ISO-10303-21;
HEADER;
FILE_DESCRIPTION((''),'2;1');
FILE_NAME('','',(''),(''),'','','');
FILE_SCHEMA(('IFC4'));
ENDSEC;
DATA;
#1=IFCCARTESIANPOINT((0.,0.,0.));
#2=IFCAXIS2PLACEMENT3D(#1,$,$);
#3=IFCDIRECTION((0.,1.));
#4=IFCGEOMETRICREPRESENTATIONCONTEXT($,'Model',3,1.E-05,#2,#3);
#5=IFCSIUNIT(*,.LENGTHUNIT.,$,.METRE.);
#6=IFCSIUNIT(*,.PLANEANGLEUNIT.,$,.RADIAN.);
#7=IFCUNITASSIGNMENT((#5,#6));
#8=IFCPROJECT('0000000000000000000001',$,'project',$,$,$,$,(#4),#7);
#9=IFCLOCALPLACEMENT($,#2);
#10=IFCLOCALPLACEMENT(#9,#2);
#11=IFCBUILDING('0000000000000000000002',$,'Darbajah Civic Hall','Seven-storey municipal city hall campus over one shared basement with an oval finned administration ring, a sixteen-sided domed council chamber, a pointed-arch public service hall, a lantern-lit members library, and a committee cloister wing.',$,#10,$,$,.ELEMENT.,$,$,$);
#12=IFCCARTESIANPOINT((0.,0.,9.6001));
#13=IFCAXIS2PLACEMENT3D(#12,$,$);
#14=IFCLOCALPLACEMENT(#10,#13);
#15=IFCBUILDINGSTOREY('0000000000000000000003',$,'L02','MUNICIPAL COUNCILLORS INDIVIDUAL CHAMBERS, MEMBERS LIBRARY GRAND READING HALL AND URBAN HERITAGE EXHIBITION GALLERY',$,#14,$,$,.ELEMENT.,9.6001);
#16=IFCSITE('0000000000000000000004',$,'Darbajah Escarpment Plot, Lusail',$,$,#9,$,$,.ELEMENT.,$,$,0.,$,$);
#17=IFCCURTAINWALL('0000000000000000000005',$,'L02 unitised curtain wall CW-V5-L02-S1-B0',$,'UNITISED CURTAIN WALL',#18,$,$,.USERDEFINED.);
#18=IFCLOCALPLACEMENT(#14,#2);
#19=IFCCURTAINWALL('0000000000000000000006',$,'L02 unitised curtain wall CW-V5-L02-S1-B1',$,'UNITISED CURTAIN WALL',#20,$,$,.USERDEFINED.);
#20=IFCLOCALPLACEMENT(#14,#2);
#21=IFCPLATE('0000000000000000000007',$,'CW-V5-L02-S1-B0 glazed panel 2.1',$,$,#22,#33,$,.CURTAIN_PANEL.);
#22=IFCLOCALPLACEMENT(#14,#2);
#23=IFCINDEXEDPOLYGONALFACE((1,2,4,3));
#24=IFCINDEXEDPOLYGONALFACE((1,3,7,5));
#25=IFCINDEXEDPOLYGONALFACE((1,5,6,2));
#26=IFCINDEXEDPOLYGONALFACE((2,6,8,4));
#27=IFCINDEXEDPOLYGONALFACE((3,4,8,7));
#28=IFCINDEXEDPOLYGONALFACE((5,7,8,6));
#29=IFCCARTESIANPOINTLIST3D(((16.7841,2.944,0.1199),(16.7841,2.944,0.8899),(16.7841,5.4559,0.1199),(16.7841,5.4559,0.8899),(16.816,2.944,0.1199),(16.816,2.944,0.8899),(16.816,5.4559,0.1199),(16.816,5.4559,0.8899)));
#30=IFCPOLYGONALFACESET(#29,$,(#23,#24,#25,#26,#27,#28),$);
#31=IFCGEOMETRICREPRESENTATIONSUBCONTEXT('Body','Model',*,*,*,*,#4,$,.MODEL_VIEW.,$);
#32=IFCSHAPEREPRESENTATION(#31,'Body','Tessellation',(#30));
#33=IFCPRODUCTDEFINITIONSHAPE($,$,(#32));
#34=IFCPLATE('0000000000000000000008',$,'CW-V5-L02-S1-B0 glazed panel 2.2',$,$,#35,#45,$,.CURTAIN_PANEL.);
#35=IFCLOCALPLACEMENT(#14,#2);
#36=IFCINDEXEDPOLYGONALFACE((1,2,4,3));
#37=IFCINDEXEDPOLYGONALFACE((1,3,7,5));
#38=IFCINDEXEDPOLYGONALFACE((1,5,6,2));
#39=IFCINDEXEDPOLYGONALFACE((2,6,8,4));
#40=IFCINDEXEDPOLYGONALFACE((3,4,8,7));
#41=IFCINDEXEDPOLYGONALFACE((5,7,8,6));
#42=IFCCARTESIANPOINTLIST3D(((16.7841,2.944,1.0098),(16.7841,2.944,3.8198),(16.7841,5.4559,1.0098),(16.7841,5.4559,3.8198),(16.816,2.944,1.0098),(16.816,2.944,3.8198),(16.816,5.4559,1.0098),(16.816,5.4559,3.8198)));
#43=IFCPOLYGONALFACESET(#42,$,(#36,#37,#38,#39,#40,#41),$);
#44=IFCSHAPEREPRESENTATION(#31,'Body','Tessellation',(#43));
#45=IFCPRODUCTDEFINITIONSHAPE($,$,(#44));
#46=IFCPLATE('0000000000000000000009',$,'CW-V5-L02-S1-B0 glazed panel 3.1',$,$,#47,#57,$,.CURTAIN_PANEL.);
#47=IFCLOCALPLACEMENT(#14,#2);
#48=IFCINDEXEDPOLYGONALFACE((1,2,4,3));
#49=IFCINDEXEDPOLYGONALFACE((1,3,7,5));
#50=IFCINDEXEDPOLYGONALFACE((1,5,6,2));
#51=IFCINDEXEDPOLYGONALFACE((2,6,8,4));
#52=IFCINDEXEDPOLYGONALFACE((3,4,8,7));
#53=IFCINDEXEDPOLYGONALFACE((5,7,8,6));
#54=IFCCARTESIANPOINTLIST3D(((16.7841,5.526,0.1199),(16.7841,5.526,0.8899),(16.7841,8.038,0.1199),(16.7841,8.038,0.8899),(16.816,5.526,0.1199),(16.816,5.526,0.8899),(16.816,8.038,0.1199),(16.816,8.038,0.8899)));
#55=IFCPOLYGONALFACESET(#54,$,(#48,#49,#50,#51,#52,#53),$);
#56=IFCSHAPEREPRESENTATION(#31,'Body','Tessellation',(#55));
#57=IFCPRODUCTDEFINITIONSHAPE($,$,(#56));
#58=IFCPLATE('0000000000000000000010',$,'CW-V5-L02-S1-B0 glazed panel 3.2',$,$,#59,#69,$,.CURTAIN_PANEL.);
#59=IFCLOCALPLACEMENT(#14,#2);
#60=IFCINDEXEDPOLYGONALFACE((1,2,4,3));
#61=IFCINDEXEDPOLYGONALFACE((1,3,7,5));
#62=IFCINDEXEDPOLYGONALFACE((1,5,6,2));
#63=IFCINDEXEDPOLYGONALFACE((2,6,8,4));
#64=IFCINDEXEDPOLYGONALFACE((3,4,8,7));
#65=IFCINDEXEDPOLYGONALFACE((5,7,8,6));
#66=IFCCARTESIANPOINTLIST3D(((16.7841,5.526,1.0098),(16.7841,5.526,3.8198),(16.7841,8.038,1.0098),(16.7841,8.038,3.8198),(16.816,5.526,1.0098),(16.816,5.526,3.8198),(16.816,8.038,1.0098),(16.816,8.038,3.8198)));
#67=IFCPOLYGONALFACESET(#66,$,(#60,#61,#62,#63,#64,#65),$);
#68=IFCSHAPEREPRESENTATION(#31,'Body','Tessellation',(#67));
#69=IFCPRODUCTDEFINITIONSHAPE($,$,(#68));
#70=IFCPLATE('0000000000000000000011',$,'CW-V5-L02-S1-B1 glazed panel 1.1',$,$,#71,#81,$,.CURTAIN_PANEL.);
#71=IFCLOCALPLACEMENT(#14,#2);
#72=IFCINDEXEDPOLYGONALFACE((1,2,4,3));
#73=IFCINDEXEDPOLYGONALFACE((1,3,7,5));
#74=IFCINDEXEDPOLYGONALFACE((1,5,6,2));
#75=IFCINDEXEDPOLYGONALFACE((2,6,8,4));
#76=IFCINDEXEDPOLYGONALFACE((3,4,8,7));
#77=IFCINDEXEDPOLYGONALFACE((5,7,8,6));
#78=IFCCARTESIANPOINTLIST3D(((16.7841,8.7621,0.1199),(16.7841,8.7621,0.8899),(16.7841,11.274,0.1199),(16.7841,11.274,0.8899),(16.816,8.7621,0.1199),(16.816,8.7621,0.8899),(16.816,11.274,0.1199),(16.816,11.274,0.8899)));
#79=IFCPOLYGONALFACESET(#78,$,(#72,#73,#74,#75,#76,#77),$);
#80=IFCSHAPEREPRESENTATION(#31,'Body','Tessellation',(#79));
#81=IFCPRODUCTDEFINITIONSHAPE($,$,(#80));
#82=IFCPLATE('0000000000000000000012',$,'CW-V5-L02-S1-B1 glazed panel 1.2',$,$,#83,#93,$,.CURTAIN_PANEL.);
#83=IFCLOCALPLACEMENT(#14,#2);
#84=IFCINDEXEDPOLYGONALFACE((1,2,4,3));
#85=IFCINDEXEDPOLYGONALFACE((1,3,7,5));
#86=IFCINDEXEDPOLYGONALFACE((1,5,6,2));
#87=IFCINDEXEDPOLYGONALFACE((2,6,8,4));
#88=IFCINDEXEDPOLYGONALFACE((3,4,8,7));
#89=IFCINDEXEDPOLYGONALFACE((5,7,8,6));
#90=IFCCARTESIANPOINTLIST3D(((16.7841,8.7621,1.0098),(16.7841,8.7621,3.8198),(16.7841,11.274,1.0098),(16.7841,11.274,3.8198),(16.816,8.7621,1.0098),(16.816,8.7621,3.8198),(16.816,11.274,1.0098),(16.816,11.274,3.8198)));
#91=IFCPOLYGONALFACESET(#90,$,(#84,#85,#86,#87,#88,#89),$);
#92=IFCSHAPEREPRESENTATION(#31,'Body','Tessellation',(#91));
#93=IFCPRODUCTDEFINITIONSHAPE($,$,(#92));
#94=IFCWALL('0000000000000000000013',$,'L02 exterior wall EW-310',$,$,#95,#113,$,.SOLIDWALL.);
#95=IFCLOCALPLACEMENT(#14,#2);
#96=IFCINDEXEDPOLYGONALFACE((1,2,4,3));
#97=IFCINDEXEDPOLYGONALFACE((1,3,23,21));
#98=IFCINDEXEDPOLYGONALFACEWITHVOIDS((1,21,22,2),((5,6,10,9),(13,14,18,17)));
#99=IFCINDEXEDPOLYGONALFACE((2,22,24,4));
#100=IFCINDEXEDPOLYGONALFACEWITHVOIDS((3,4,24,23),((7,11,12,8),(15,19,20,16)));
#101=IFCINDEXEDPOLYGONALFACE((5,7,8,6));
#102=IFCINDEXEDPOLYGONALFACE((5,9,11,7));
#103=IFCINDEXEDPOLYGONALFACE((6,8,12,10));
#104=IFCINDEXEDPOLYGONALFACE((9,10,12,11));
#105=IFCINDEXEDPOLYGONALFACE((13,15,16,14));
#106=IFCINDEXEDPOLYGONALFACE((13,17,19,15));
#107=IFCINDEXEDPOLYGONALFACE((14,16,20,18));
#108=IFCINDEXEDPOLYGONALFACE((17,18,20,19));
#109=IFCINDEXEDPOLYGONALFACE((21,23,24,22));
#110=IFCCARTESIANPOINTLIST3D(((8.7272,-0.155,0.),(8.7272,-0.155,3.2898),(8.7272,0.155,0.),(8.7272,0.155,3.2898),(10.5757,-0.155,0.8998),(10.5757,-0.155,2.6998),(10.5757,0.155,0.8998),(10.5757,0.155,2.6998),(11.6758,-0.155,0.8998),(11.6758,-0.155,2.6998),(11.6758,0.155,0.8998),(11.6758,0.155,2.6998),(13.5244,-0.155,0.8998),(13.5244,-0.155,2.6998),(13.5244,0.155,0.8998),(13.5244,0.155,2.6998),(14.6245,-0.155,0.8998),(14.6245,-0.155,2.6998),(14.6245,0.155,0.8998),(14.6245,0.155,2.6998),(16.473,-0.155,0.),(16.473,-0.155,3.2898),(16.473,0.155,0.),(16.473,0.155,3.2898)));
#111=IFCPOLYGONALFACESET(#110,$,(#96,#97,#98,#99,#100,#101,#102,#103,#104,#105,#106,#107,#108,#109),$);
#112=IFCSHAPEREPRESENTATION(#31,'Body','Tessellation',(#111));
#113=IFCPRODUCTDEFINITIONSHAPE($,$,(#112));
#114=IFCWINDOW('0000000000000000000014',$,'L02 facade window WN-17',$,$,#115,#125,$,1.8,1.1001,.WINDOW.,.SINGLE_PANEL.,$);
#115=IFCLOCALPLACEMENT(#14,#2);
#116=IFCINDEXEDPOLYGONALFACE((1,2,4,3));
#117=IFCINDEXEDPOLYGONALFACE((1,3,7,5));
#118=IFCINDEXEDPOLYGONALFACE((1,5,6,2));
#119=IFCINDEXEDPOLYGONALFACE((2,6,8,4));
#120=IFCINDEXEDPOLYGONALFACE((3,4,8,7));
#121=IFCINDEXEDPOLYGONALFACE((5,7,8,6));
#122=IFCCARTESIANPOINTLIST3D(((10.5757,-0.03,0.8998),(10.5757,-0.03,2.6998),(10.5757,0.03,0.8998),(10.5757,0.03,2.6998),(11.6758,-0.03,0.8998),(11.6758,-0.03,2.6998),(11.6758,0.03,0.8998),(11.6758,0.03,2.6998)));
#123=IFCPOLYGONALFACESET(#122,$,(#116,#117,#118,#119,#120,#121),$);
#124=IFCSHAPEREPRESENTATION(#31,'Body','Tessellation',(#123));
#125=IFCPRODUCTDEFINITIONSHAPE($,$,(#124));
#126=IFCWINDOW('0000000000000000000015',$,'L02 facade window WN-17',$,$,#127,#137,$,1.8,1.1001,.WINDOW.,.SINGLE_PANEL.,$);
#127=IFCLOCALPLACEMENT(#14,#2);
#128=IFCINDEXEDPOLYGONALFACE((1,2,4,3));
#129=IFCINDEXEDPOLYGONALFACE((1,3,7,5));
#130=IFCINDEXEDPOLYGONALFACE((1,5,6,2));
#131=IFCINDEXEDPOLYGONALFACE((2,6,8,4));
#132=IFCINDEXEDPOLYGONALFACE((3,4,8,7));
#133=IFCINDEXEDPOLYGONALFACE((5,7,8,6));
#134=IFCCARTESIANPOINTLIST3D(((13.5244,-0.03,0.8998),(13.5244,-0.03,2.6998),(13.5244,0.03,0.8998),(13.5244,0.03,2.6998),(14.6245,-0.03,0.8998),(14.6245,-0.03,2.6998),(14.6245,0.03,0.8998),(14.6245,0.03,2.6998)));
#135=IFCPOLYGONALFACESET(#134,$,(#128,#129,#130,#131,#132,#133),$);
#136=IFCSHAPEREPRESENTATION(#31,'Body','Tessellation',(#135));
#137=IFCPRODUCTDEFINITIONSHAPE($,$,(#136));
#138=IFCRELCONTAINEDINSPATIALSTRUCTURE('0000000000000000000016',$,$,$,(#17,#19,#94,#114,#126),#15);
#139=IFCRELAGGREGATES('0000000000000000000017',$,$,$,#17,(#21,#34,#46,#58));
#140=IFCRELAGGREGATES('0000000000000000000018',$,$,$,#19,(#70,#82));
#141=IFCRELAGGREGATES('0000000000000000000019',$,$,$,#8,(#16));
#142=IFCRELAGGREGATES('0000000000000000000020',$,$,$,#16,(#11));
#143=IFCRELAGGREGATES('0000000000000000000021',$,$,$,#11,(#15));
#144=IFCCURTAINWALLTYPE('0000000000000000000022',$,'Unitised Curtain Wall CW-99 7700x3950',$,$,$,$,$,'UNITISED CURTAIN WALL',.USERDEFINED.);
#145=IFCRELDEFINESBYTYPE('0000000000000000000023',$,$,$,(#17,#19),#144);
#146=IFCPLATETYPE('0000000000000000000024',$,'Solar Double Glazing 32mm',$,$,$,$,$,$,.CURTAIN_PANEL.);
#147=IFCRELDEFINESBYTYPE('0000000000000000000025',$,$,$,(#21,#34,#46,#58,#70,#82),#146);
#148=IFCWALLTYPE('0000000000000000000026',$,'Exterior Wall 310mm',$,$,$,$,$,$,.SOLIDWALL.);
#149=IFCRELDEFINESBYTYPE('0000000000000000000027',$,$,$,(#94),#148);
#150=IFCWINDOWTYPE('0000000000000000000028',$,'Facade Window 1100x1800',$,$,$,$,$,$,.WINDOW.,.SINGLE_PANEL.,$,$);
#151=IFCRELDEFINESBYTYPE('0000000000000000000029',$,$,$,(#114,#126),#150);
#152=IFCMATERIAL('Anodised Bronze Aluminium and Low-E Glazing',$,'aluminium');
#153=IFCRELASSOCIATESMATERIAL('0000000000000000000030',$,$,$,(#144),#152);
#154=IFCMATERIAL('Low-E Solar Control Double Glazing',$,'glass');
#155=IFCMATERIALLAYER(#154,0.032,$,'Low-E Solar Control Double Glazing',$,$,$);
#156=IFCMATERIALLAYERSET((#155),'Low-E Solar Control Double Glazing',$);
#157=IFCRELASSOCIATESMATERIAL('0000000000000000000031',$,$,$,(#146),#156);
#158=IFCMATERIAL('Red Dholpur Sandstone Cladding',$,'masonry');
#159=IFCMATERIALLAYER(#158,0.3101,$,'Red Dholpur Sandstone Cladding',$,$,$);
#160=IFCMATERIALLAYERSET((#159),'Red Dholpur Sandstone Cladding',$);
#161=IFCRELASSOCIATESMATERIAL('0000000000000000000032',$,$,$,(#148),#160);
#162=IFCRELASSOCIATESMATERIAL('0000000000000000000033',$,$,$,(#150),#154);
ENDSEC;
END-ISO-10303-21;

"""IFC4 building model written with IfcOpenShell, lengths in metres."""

from ifc_helpers import new_model, si_unit, direction, frame, frame_2d, origin, origin_2d, place, context, subcontext, project, spatial, rectangle, extrude, material, layer, layer_set, type_object, element, fill, aggregate, save


model = new_model("IFC4")

# Units and contexts
model_context = context("Model", 3, precision=1e-05, world=origin(), true_north=direction((0.0, 1.0)))
body_context = subcontext(model_context, "Body", "Model", "MODEL_VIEW")
ifc_project = project(units=[si_unit("LENGTHUNIT", "METRE"), si_unit("PLANEANGLEUNIT", "RADIAN")], contexts=[model_context])

# Site, building, storey
site_placement = place(None, origin())
site = spatial("IfcSite", under=ifc_project, at=site_placement, Name="Darbajah Escarpment Plot, Lusail", CompositionType="ELEMENT", RefElevation=0.0)
building_placement = place(site_placement, origin())
building = spatial("IfcBuilding", under=site, at=building_placement, Name="Darbajah Civic Hall", Description="Seven-storey municipal city hall campus over one shared basement with an oval finned administration ring, a sixteen-sided domed council chamber, a pointed-arch public service hall, a lantern-lit members library, and a committee cloister wing.", CompositionType="ELEMENT")
storey_placement = place(building_placement, frame((0.0, 0.0, 9.6001)))
storey = spatial("IfcBuildingStorey", under=building, at=storey_placement, Name="L02", Description="MUNICIPAL COUNCILLORS INDIVIDUAL CHAMBERS, MEMBERS LIBRARY GRAND READING HALL AND URBAN HERITAGE EXHIBITION GALLERY", CompositionType="ELEMENT", Elevation=9.6001)

# Curtain walls
ifc_material_1 = material(Name="Anodised Bronze Aluminium and Low-E Glazing", Category="aluminium")
curtain_wall_type = type_object("IfcCurtainWallType", Name="Unitised Curtain Wall CW-99 7700x3950", ElementType="UNITISED CURTAIN WALL", PredefinedType="USERDEFINED", material=ifc_material_1)
curtain_wall_1_placement = place(storey_placement, origin())
curtain_wall_1 = element("IfcCurtainWall", 1, at=curtain_wall_1_placement, inside=storey, type_object=curtain_wall_type, Name="L02 unitised curtain wall CW-V5-L02-S1-B0", ObjectType="UNITISED CURTAIN WALL", PredefinedType="USERDEFINED")
curtain_wall_2_placement = place(storey_placement, origin())
curtain_wall_2 = element("IfcCurtainWall", 2, at=curtain_wall_2_placement, inside=storey, type_object=curtain_wall_type, Name="L02 unitised curtain wall CW-V5-L02-S1-B1", ObjectType="UNITISED CURTAIN WALL", PredefinedType="USERDEFINED")

# Plates
ifc_material_2 = material(Name="Low-E Solar Control Double Glazing", Category="glass")
ifc_layer_1 = layer(ifc_material_2, 0.032, Name="Low-E Solar Control Double Glazing")
ifc_layer_set_1 = layer_set([ifc_layer_1], Name="Low-E Solar Control Double Glazing")
plate_type = type_object("IfcPlateType", Name="Solar Double Glazing 32mm", PredefinedType="CURTAIN_PANEL", material=ifc_layer_set_1)
plate_1_placement = place(storey_placement, frame((16.8, 4.2, 0.1199), z_axis=(0.0, 0.0, 1.0), x_axis=(0.0, 1.0, 0.0)))
plate_1 = element("IfcPlate", 3, at=plate_1_placement, type_object=plate_type, Name="CW-V5-L02-S1-B0 glazed panel 2.1", PredefinedType="CURTAIN_PANEL", context=body_context, shape_type="SweptSolid", body=[
    extrude(rectangle(XDim=2.512, YDim=0.032, at=origin_2d()), origin(), (0.0, 0.0, 1.0), 0.77),
])
plate_2_placement = place(storey_placement, frame((16.8, 4.2, 1.0098), z_axis=(0.0, 0.0, 1.0), x_axis=(0.0, 1.0, 0.0)))
plate_2 = element("IfcPlate", 4, at=plate_2_placement, type_object=plate_type, Name="CW-V5-L02-S1-B0 glazed panel 2.2", PredefinedType="CURTAIN_PANEL", context=body_context, shape_type="SweptSolid", body=[
    extrude(rectangle(XDim=2.512, YDim=0.032, at=origin_2d()), origin(), (0.0, 0.0, 1.0), 2.8101),
])
plate_3_placement = place(storey_placement, frame((16.8, 6.782, 0.1199), z_axis=(0.0, 0.0, 1.0), x_axis=(0.0, 1.0, 0.0)))
plate_3 = element("IfcPlate", 5, at=plate_3_placement, type_object=plate_type, Name="CW-V5-L02-S1-B0 glazed panel 3.1", PredefinedType="CURTAIN_PANEL", context=body_context, shape_type="SweptSolid", body=[
    extrude(rectangle(XDim=2.512, YDim=0.032, at=origin_2d()), origin(), (0.0, 0.0, 1.0), 0.77),
])
plate_4_placement = place(storey_placement, frame((16.8, 6.782, 1.0098), z_axis=(0.0, 0.0, 1.0), x_axis=(0.0, 1.0, 0.0)))
plate_4 = element("IfcPlate", 6, at=plate_4_placement, type_object=plate_type, Name="CW-V5-L02-S1-B0 glazed panel 3.2", PredefinedType="CURTAIN_PANEL", context=body_context, shape_type="SweptSolid", body=[
    extrude(rectangle(XDim=2.512, YDim=0.032, at=origin_2d()), origin(), (0.0, 0.0, 1.0), 2.8101),
])
aggregate(curtain_wall_1, [plate_1, plate_2, plate_3, plate_4])
plate_5_placement = place(storey_placement, frame((16.8, 10.0181, 0.1199), z_axis=(0.0, 0.0, 1.0), x_axis=(0.0, 1.0, 0.0)))
plate_5 = element("IfcPlate", 7, at=plate_5_placement, type_object=plate_type, Name="CW-V5-L02-S1-B1 glazed panel 1.1", PredefinedType="CURTAIN_PANEL", context=body_context, shape_type="SweptSolid", body=[
    extrude(rectangle(XDim=2.512, YDim=0.032, at=origin_2d()), origin(), (0.0, 0.0, 1.0), 0.77),
])
plate_6_placement = place(storey_placement, frame((16.8, 10.0181, 1.0098), z_axis=(0.0, 0.0, 1.0), x_axis=(0.0, 1.0, 0.0)))
plate_6 = element("IfcPlate", 8, at=plate_6_placement, type_object=plate_type, Name="CW-V5-L02-S1-B1 glazed panel 1.2", PredefinedType="CURTAIN_PANEL", context=body_context, shape_type="SweptSolid", body=[
    extrude(rectangle(XDim=2.512, YDim=0.032, at=origin_2d()), origin(), (0.0, 0.0, 1.0), 2.8101),
])
aggregate(curtain_wall_2, [plate_5, plate_6])

# Wall, openings, windows
ifc_material_3 = material(Name="Red Dholpur Sandstone Cladding", Category="masonry")
ifc_layer_2 = layer(ifc_material_3, 0.3101, Name="Red Dholpur Sandstone Cladding")
ifc_layer_set_2 = layer_set([ifc_layer_2], Name="Red Dholpur Sandstone Cladding")
wall_type = type_object("IfcWallType", Name="Exterior Wall 310mm", PredefinedType="SOLIDWALL", material=ifc_layer_set_2)
wall_placement = place(storey_placement, frame((8.7271, 0.0, 0.0), z_axis=(0.0, 0.0, 1.0), x_axis=(1.0, 0.0, 0.0)))
wall = element("IfcWall", 9, at=wall_placement, inside=storey, type_object=wall_type, Name="L02 exterior wall EW-310", PredefinedType="SOLIDWALL", context=body_context, shape_type="SweptSolid", body=[
    extrude(rectangle(XDim=7.7458, YDim=0.3101, at=frame_2d((3.873, 0.0))), origin(), (0.0, 0.0, 1.0), 3.2898),
])
opening_1_placement = place(wall_placement, frame((1.8486, 0.0, 0.8999)))
opening_1 = element("IfcOpeningElement", 10, at=opening_1_placement, cuts=wall, PredefinedType="OPENING", context=body_context, shape_type="SweptSolid", body=[
    extrude(rectangle(XDim=1.1001, YDim=1.8, at=frame_2d((0.55, 0.8999))), frame((0.0, 0.165, 0.0), z_axis=(0.0, -1.0, 0.0), x_axis=(1.0, 0.0, 0.0)), (0.0, 0.0, 1.0), 0.3301),
])
opening_2_placement = place(wall_placement, frame((4.7974, 0.0, 0.8999)))
opening_2 = element("IfcOpeningElement", 11, at=opening_2_placement, cuts=wall, PredefinedType="OPENING", context=body_context, shape_type="SweptSolid", body=[
    extrude(rectangle(XDim=1.1001, YDim=1.8, at=frame_2d((0.55, 0.8999))), frame((0.0, 0.165, 0.0), z_axis=(0.0, -1.0, 0.0), x_axis=(1.0, 0.0, 0.0)), (0.0, 0.0, 1.0), 0.3301),
])
window_type = type_object("IfcWindowType", Name="Facade Window 1100x1800", PartitioningType="SINGLE_PANEL", PredefinedType="WINDOW", material=ifc_material_2)
window_1_placement = place(opening_1_placement, origin())
window_1 = element("IfcWindow", 12, at=window_1_placement, inside=storey, type_object=window_type, Name="L02 facade window WN-17", OverallHeight=1.8, OverallWidth=1.1001, PartitioningType="SINGLE_PANEL", PredefinedType="WINDOW", context=body_context, shape_type="SweptSolid", body=[
    extrude(rectangle(XDim=1.1001, YDim=1.8, at=frame_2d((0.55, 0.8999))), frame((0.0, 0.03, 0.0), z_axis=(0.0, -1.0, 0.0), x_axis=(1.0, 0.0, 0.0)), (0.0, 0.0, 1.0), 0.0601),
])
fill(opening_1, window_1)
window_2_placement = place(opening_2_placement, origin())
window_2 = element("IfcWindow", 13, at=window_2_placement, inside=storey, type_object=window_type, Name="L02 facade window WN-17", OverallHeight=1.8, OverallWidth=1.1001, PartitioningType="SINGLE_PANEL", PredefinedType="WINDOW", context=body_context, shape_type="SweptSolid", body=[
    extrude(rectangle(XDim=1.1001, YDim=1.8, at=frame_2d((0.55, 0.8999))), frame((0.0, 0.03, 0.0), z_axis=(0.0, -1.0, 0.0), x_axis=(1.0, 0.0, 0.0)), (0.0, 0.0, 1.0), 0.0601),
])
fill(opening_2, window_2)

save(model, "model.ifc")
